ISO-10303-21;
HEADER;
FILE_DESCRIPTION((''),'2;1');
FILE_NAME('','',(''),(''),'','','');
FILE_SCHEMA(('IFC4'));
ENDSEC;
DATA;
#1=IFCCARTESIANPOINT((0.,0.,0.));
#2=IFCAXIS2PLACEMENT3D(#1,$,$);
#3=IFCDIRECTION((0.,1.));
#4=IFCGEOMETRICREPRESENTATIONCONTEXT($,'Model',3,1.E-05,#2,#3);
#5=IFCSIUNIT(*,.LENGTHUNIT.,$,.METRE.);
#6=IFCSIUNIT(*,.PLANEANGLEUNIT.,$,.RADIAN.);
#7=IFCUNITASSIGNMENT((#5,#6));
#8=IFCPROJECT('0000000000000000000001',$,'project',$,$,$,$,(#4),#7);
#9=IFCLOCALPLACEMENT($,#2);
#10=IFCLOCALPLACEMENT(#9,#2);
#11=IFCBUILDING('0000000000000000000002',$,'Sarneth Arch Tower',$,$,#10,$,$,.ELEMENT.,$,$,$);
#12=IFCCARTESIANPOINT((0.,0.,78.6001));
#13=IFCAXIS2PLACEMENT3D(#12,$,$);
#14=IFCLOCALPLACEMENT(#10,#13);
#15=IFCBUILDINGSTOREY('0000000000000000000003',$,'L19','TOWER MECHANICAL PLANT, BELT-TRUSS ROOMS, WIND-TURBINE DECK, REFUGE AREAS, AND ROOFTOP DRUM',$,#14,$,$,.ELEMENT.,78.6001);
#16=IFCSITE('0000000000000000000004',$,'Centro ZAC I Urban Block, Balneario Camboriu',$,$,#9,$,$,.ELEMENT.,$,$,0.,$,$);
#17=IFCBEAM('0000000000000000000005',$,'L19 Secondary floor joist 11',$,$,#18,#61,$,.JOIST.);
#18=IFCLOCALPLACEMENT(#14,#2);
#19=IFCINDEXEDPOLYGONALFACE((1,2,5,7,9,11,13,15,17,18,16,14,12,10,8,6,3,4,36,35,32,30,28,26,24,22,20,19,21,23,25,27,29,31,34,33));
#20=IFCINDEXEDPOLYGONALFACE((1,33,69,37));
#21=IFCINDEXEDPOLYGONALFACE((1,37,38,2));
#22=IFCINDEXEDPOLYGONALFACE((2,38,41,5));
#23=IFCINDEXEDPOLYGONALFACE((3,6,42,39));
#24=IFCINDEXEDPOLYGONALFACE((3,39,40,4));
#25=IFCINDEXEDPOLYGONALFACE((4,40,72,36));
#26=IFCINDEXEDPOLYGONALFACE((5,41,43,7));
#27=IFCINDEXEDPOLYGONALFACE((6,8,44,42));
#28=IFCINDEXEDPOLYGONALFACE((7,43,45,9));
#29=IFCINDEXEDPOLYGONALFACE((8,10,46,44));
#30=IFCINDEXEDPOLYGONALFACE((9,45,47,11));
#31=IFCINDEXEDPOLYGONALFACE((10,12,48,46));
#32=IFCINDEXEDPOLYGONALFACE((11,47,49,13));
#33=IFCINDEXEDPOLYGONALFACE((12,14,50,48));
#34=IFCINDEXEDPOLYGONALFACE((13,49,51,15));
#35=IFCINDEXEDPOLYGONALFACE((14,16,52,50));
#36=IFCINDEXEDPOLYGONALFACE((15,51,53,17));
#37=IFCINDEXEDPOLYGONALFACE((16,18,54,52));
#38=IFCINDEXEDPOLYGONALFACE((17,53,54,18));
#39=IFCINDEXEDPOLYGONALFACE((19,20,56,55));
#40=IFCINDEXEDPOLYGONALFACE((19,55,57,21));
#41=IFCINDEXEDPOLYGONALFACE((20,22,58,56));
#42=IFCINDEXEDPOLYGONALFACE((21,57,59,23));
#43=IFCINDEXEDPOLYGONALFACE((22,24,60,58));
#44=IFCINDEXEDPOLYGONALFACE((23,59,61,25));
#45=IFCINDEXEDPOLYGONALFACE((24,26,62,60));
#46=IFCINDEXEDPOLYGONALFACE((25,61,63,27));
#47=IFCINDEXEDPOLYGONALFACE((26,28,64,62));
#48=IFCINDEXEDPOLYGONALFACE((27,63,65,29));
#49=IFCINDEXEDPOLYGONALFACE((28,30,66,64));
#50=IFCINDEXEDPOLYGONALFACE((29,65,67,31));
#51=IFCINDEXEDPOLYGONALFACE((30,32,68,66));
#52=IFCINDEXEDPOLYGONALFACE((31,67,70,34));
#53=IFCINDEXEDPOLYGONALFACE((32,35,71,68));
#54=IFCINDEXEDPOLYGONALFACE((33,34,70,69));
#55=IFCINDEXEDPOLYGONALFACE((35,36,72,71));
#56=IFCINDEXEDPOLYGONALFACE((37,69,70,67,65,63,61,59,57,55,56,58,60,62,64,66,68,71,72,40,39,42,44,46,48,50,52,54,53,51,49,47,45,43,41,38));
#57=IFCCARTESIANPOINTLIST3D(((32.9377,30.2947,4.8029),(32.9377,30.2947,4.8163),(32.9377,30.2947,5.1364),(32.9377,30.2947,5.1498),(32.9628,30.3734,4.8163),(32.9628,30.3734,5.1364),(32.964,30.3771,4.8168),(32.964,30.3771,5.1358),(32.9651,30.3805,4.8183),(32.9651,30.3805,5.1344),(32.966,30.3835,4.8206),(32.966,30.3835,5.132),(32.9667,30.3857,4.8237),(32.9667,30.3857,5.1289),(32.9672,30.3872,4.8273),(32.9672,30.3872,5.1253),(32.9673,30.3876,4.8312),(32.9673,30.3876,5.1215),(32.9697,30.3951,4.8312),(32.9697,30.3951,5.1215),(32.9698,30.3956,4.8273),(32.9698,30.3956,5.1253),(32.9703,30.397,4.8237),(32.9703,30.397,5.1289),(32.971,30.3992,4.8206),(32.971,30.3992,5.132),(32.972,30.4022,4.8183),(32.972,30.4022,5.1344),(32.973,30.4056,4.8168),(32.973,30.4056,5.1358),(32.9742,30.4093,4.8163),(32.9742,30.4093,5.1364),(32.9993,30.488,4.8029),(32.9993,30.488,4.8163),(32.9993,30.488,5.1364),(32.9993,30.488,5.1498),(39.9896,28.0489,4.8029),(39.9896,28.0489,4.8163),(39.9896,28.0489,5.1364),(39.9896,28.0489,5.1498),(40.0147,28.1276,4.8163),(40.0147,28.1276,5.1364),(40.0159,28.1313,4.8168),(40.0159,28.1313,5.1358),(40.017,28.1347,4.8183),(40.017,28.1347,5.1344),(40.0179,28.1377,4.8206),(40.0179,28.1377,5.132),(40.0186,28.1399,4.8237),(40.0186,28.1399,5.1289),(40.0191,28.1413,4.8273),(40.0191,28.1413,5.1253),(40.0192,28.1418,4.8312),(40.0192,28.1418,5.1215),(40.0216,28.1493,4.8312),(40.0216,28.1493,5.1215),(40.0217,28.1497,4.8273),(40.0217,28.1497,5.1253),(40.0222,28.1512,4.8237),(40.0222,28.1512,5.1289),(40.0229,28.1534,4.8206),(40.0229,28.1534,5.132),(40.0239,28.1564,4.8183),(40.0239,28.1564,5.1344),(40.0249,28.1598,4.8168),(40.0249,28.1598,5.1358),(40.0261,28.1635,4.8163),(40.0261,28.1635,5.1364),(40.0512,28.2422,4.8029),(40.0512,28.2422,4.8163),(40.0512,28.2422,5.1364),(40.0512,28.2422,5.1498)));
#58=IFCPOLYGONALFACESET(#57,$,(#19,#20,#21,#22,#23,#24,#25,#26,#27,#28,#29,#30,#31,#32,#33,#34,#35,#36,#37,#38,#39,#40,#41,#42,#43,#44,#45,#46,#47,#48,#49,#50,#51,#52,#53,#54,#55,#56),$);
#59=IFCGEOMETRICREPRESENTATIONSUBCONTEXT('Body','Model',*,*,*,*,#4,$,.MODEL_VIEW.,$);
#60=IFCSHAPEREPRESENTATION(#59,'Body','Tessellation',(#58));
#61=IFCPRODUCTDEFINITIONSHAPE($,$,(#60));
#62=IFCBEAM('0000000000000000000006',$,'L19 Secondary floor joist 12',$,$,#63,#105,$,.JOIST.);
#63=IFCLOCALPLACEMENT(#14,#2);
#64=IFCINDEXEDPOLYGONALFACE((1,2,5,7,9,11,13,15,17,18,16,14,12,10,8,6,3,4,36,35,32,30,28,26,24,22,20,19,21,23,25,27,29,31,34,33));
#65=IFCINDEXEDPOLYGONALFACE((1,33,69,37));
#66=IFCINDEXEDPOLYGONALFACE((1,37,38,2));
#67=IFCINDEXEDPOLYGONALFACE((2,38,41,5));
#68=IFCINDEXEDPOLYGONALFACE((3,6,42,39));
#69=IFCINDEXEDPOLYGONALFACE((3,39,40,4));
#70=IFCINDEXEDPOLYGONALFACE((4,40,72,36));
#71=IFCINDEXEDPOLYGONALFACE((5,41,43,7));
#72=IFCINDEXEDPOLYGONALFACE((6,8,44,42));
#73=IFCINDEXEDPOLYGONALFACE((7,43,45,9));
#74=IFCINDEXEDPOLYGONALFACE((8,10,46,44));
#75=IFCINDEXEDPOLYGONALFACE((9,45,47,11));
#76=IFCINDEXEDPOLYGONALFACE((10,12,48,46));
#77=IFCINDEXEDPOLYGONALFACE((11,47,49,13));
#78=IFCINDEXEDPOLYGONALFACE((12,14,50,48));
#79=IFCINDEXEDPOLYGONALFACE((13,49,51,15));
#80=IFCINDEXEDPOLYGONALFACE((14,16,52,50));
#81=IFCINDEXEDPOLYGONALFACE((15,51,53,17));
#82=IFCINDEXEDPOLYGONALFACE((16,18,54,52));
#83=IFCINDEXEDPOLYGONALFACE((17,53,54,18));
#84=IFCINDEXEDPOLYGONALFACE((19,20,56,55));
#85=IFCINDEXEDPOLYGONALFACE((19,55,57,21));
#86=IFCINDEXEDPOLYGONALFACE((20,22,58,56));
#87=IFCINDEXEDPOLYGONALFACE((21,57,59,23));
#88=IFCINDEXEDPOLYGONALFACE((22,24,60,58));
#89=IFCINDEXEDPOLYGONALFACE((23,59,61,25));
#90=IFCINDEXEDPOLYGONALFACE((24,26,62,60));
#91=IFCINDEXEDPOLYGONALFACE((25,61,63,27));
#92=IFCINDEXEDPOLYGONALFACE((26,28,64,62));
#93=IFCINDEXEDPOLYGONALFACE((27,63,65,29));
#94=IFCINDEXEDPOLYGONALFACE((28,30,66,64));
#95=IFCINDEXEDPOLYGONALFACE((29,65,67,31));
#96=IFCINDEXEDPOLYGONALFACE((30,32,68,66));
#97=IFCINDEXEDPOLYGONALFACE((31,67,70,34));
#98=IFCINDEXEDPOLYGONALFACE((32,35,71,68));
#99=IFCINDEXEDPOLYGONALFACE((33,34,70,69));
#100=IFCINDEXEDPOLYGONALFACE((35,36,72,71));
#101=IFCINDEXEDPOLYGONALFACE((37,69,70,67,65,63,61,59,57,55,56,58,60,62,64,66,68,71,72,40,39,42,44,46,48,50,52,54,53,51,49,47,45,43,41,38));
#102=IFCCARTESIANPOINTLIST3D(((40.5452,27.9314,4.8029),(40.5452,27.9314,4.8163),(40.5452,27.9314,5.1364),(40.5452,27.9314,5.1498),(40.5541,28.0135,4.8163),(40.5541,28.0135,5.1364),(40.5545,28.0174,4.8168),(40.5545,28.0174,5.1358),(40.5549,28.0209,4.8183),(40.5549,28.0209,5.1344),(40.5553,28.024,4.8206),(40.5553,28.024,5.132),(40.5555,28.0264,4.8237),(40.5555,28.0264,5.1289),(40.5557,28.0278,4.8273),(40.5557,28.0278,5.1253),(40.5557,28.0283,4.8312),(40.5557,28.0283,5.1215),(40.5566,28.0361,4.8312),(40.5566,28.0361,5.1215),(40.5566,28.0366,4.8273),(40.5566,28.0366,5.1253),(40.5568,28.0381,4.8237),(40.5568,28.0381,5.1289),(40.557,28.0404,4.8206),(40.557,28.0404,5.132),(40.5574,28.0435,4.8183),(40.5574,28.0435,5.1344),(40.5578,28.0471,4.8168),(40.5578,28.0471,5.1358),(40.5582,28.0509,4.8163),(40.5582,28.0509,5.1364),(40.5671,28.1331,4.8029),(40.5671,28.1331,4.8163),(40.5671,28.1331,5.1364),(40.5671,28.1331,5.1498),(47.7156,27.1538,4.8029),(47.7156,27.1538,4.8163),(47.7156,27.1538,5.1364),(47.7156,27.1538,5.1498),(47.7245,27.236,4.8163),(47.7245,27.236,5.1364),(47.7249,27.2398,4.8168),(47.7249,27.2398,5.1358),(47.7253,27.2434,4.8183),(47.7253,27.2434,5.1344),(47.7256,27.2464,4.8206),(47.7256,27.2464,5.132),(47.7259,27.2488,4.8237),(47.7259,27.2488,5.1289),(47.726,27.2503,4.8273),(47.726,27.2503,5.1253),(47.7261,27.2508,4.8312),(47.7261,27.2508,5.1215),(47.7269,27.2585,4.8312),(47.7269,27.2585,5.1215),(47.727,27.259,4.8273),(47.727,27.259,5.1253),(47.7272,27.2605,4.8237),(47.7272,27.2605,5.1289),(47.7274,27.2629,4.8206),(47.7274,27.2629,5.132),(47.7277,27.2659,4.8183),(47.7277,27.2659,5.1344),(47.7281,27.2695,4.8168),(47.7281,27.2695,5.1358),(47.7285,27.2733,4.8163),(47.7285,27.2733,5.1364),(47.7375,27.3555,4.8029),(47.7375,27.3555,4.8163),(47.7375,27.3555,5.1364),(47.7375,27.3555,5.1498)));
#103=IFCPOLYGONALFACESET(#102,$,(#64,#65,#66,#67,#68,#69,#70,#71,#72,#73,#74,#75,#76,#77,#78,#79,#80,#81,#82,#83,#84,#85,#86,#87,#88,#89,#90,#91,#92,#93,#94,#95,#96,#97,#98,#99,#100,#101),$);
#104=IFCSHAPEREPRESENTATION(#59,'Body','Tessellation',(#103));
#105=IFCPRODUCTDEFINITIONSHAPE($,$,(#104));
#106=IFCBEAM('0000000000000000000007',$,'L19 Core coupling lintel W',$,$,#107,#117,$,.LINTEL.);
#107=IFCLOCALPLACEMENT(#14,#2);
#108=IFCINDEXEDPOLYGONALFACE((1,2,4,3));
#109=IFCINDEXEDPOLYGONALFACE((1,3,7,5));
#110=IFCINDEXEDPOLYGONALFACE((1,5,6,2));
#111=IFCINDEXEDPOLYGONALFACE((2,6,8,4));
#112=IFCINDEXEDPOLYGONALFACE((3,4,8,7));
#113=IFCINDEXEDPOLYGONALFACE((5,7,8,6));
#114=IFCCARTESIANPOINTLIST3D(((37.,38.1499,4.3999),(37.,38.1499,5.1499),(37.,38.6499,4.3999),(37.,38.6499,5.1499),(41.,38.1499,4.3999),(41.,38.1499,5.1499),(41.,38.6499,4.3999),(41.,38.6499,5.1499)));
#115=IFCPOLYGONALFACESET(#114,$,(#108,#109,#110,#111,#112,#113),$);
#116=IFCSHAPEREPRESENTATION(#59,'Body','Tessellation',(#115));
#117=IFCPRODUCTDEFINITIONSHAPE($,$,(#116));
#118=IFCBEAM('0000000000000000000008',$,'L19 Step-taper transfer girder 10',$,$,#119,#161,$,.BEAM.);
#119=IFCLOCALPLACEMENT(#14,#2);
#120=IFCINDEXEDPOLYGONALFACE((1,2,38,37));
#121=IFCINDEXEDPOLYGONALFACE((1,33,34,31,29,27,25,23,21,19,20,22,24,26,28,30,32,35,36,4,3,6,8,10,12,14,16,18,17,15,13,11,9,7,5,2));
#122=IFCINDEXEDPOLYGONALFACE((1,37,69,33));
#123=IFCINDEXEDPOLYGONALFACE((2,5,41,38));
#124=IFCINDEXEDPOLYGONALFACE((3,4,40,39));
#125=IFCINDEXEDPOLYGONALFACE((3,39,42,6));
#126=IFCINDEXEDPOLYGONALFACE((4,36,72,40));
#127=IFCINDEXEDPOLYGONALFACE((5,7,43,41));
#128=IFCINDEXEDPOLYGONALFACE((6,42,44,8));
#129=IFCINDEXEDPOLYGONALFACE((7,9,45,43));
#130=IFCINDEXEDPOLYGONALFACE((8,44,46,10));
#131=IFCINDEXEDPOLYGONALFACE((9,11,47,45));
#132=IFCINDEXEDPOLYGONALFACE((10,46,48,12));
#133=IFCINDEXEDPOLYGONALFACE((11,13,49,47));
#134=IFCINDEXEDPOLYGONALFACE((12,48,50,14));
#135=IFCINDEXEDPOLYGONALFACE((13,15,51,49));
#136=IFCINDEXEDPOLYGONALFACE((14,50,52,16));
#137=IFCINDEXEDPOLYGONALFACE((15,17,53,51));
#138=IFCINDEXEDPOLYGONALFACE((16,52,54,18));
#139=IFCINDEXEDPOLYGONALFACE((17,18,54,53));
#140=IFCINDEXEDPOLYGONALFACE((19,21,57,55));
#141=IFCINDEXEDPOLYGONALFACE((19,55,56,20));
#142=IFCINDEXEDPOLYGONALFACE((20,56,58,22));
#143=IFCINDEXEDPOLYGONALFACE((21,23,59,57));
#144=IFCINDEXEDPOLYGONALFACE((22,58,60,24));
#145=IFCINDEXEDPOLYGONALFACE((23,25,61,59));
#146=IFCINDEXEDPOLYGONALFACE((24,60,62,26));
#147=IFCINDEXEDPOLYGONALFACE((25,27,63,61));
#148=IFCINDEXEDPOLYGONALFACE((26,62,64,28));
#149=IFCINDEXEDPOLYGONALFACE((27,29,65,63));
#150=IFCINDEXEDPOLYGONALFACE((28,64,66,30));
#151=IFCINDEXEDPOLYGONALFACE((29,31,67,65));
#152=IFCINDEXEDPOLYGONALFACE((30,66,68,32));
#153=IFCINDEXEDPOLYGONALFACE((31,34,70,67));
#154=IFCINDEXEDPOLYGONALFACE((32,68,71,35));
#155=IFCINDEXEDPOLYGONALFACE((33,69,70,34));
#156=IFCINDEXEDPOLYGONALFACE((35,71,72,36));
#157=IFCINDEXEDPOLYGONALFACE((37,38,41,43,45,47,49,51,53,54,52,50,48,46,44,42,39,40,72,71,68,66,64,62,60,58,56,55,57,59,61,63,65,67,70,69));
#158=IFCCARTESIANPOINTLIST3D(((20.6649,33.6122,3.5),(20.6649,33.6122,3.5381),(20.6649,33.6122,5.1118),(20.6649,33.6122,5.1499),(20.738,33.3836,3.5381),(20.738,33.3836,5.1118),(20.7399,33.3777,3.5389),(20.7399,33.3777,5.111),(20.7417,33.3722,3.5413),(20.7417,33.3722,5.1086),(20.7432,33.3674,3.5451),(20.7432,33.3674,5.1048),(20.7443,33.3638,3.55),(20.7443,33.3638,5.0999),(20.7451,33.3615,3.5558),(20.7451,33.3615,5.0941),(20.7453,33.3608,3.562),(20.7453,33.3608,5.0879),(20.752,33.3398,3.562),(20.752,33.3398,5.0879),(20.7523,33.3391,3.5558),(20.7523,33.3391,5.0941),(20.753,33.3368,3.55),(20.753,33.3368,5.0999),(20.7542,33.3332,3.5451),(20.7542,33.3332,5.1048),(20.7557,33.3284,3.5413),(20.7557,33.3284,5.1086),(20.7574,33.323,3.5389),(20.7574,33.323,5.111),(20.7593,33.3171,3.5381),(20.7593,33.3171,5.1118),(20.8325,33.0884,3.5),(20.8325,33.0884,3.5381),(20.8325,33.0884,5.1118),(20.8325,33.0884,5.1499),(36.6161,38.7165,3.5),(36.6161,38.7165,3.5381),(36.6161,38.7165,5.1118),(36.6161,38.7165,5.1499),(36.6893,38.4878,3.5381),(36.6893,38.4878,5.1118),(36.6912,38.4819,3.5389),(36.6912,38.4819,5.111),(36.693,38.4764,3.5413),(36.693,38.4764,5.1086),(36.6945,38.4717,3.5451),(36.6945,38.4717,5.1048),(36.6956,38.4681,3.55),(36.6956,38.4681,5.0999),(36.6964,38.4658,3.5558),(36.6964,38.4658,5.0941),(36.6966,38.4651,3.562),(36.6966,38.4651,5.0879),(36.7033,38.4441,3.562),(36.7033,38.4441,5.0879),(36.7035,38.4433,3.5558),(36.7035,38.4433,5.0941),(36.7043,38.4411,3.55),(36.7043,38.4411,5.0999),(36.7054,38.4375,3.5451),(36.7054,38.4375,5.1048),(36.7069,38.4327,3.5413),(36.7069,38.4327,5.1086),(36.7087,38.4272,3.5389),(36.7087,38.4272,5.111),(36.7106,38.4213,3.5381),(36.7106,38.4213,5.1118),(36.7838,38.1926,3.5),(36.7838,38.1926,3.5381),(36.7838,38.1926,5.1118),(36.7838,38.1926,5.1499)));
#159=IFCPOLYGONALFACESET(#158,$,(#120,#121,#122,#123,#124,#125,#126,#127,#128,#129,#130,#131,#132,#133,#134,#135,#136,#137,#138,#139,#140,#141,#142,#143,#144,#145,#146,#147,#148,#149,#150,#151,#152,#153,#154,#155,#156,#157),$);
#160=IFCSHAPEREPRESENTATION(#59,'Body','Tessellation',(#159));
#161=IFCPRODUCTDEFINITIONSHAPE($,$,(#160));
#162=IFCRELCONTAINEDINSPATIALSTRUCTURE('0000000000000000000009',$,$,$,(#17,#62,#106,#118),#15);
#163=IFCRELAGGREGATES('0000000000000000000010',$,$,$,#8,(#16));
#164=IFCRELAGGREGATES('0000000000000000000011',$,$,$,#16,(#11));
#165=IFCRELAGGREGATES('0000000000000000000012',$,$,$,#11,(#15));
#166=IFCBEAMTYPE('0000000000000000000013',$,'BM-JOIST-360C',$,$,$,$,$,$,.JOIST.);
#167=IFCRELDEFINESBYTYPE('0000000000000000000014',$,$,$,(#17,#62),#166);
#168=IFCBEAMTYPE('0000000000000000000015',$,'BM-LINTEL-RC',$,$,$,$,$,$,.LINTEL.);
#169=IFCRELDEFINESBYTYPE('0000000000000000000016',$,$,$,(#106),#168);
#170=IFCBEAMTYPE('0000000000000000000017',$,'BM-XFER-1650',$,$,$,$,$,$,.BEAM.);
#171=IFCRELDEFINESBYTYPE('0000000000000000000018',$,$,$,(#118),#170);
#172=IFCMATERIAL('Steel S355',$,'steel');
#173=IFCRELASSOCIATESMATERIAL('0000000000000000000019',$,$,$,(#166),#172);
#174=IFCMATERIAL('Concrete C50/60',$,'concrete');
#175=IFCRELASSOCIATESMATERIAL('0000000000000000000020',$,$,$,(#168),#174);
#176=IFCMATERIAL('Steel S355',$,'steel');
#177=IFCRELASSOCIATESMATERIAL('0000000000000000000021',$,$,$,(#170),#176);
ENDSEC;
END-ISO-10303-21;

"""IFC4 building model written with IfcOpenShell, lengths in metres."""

from ifc_helpers import new_model, si_unit, direction, frame, origin, origin_2d, place, context, subcontext, project, spatial, rectangle, i_section, extrude, material, material_profile, profile_set, type_object, element, save


model = new_model("IFC4")

# Units and contexts
model_context = context("Model", 3, precision=1e-05, world=origin(), true_north=direction((0.0, 1.0)))
body_context = subcontext(model_context, "Body", "Model", "MODEL_VIEW")
ifc_project = project(units=[si_unit("LENGTHUNIT", "METRE"), si_unit("PLANEANGLEUNIT", "RADIAN")], contexts=[model_context])

# Site, building, storey
site_placement = place(None, origin())
site = spatial("IfcSite", under=ifc_project, at=site_placement, Name="Centro ZAC I Urban Block, Balneario Camboriu", CompositionType="ELEMENT", RefElevation=0.0)
building_placement = place(site_placement, origin())
building = spatial("IfcBuilding", under=site, at=building_placement, Name="Sarneth Arch Tower", CompositionType="ELEMENT")
storey_placement = place(building_placement, frame((0.0, 0.0, 78.6001)))
storey = spatial("IfcBuildingStorey", under=building, at=storey_placement, Name="L19", Description="TOWER MECHANICAL PLANT, BELT-TRUSS ROOMS, WIND-TURBINE DECK, REFUGE AREAS, AND ROOFTOP DRUM", CompositionType="ELEMENT", Elevation=78.6001)

# Beams
ifc_material_1 = material(Name="Steel S355", Category="steel")
ifc_material_profile_1 = material_profile(ifc_material_1, i_section(OverallWidth=0.2029, OverallDepth=0.3469, WebThickness=0.0078, FlangeThickness=0.0134, FilletRadius=0.0149, at=origin_2d()), Name="W360x64")
ifc_profile_set_1 = profile_set([ifc_material_profile_1], Name="Steel S355")
beam_type_1 = type_object("IfcBeamType", Name="BM-JOIST-360C", PredefinedType="JOIST", material=ifc_profile_set_1)
beam_1_placement = place(storey_placement, frame((32.9685, 30.3914, 4.9763), z_axis=(0.952846, -0.303453, 0.0), x_axis=(0.303453, 0.952846, 0.0)))
element("IfcBeam", 1, at=beam_1_placement, inside=storey, type_object=beam_type_1, Name="L19 Secondary floor joist 11", PredefinedType="JOIST", context=body_context, shape_type="SweptSolid", body=[
    extrude(i_section(OverallWidth=0.2029, OverallDepth=0.3469, WebThickness=0.0078, FlangeThickness=0.0134, FilletRadius=0.0149, at=origin_2d()), origin(), (0.0, 0.0, 1.0), 7.4009),
])
beam_2_placement = place(storey_placement, frame((40.5562, 28.0322, 4.9763), z_axis=(0.994171, -0.107812, 0.0), x_axis=(0.107812, 0.994171, 0.0)))
element("IfcBeam", 2, at=beam_2_placement, inside=storey, type_object=beam_type_1, Name="L19 Secondary floor joist 12", PredefinedType="JOIST", context=body_context, shape_type="SweptSolid", body=[
    extrude(i_section(OverallWidth=0.2029, OverallDepth=0.3469, WebThickness=0.0078, FlangeThickness=0.0134, FilletRadius=0.0149, at=origin_2d()), origin(), (0.0, 0.0, 1.0), 7.2124),
])
ifc_material_2 = material(Name="Concrete C50/60", Category="concrete")
ifc_material_profile_2 = material_profile(ifc_material_2, rectangle(XDim=0.5, YDim=0.75, at=origin_2d()), Name="RC-500x750")
ifc_profile_set_2 = profile_set([ifc_material_profile_2], Name="Concrete C50/60")
beam_type_2 = type_object("IfcBeamType", Name="BM-LINTEL-RC", PredefinedType="LINTEL", material=ifc_profile_set_2)
beam_3_placement = place(storey_placement, frame((37.0, 38.3999, 4.7749), z_axis=(1.0, 0.0, 0.0), x_axis=(0.0, 1.0, 0.0)))
element("IfcBeam", 3, at=beam_3_placement, inside=storey, type_object=beam_type_2, Name="L19 Core coupling lintel W", PredefinedType="LINTEL", context=body_context, shape_type="SweptSolid", body=[
    extrude(rectangle(XDim=0.5, YDim=0.75, at=origin_2d()), origin(), (0.0, 0.0, 1.0), 4.0),
])
ifc_material_3 = material(Name="Steel S355", Category="steel")
ifc_material_profile_3 = material_profile(ifc_material_3, i_section(OverallWidth=0.55, OverallDepth=1.6499, WebThickness=0.022, FlangeThickness=0.0381, FilletRadius=0.0239, at=origin_2d()), Name="CVS1650x680")
ifc_profile_set_3 = profile_set([ifc_material_profile_3], Name="Steel S355")
beam_type_3 = type_object("IfcBeamType", Name="BM-XFER-1650", PredefinedType="BEAM", material=ifc_profile_set_3)
beam_4_placement = place(storey_placement, frame((36.7, 38.4546, 4.325), z_axis=(-0.952426, -0.304769, 0.0), x_axis=(0.304769, -0.952426, 0.0)))
element("IfcBeam", 4, at=beam_4_placement, inside=storey, type_object=beam_type_3, Name="L19 Step-taper transfer girder 10", PredefinedType="BEAM", context=body_context, shape_type="SweptSolid", body=[
    extrude(i_section(OverallWidth=0.55, OverallDepth=1.6499, WebThickness=0.022, FlangeThickness=0.0381, FilletRadius=0.0239, at=origin_2d()), origin(), (0.0, 0.0, 1.0), 16.748),
])

save(model, "model.ifc")
